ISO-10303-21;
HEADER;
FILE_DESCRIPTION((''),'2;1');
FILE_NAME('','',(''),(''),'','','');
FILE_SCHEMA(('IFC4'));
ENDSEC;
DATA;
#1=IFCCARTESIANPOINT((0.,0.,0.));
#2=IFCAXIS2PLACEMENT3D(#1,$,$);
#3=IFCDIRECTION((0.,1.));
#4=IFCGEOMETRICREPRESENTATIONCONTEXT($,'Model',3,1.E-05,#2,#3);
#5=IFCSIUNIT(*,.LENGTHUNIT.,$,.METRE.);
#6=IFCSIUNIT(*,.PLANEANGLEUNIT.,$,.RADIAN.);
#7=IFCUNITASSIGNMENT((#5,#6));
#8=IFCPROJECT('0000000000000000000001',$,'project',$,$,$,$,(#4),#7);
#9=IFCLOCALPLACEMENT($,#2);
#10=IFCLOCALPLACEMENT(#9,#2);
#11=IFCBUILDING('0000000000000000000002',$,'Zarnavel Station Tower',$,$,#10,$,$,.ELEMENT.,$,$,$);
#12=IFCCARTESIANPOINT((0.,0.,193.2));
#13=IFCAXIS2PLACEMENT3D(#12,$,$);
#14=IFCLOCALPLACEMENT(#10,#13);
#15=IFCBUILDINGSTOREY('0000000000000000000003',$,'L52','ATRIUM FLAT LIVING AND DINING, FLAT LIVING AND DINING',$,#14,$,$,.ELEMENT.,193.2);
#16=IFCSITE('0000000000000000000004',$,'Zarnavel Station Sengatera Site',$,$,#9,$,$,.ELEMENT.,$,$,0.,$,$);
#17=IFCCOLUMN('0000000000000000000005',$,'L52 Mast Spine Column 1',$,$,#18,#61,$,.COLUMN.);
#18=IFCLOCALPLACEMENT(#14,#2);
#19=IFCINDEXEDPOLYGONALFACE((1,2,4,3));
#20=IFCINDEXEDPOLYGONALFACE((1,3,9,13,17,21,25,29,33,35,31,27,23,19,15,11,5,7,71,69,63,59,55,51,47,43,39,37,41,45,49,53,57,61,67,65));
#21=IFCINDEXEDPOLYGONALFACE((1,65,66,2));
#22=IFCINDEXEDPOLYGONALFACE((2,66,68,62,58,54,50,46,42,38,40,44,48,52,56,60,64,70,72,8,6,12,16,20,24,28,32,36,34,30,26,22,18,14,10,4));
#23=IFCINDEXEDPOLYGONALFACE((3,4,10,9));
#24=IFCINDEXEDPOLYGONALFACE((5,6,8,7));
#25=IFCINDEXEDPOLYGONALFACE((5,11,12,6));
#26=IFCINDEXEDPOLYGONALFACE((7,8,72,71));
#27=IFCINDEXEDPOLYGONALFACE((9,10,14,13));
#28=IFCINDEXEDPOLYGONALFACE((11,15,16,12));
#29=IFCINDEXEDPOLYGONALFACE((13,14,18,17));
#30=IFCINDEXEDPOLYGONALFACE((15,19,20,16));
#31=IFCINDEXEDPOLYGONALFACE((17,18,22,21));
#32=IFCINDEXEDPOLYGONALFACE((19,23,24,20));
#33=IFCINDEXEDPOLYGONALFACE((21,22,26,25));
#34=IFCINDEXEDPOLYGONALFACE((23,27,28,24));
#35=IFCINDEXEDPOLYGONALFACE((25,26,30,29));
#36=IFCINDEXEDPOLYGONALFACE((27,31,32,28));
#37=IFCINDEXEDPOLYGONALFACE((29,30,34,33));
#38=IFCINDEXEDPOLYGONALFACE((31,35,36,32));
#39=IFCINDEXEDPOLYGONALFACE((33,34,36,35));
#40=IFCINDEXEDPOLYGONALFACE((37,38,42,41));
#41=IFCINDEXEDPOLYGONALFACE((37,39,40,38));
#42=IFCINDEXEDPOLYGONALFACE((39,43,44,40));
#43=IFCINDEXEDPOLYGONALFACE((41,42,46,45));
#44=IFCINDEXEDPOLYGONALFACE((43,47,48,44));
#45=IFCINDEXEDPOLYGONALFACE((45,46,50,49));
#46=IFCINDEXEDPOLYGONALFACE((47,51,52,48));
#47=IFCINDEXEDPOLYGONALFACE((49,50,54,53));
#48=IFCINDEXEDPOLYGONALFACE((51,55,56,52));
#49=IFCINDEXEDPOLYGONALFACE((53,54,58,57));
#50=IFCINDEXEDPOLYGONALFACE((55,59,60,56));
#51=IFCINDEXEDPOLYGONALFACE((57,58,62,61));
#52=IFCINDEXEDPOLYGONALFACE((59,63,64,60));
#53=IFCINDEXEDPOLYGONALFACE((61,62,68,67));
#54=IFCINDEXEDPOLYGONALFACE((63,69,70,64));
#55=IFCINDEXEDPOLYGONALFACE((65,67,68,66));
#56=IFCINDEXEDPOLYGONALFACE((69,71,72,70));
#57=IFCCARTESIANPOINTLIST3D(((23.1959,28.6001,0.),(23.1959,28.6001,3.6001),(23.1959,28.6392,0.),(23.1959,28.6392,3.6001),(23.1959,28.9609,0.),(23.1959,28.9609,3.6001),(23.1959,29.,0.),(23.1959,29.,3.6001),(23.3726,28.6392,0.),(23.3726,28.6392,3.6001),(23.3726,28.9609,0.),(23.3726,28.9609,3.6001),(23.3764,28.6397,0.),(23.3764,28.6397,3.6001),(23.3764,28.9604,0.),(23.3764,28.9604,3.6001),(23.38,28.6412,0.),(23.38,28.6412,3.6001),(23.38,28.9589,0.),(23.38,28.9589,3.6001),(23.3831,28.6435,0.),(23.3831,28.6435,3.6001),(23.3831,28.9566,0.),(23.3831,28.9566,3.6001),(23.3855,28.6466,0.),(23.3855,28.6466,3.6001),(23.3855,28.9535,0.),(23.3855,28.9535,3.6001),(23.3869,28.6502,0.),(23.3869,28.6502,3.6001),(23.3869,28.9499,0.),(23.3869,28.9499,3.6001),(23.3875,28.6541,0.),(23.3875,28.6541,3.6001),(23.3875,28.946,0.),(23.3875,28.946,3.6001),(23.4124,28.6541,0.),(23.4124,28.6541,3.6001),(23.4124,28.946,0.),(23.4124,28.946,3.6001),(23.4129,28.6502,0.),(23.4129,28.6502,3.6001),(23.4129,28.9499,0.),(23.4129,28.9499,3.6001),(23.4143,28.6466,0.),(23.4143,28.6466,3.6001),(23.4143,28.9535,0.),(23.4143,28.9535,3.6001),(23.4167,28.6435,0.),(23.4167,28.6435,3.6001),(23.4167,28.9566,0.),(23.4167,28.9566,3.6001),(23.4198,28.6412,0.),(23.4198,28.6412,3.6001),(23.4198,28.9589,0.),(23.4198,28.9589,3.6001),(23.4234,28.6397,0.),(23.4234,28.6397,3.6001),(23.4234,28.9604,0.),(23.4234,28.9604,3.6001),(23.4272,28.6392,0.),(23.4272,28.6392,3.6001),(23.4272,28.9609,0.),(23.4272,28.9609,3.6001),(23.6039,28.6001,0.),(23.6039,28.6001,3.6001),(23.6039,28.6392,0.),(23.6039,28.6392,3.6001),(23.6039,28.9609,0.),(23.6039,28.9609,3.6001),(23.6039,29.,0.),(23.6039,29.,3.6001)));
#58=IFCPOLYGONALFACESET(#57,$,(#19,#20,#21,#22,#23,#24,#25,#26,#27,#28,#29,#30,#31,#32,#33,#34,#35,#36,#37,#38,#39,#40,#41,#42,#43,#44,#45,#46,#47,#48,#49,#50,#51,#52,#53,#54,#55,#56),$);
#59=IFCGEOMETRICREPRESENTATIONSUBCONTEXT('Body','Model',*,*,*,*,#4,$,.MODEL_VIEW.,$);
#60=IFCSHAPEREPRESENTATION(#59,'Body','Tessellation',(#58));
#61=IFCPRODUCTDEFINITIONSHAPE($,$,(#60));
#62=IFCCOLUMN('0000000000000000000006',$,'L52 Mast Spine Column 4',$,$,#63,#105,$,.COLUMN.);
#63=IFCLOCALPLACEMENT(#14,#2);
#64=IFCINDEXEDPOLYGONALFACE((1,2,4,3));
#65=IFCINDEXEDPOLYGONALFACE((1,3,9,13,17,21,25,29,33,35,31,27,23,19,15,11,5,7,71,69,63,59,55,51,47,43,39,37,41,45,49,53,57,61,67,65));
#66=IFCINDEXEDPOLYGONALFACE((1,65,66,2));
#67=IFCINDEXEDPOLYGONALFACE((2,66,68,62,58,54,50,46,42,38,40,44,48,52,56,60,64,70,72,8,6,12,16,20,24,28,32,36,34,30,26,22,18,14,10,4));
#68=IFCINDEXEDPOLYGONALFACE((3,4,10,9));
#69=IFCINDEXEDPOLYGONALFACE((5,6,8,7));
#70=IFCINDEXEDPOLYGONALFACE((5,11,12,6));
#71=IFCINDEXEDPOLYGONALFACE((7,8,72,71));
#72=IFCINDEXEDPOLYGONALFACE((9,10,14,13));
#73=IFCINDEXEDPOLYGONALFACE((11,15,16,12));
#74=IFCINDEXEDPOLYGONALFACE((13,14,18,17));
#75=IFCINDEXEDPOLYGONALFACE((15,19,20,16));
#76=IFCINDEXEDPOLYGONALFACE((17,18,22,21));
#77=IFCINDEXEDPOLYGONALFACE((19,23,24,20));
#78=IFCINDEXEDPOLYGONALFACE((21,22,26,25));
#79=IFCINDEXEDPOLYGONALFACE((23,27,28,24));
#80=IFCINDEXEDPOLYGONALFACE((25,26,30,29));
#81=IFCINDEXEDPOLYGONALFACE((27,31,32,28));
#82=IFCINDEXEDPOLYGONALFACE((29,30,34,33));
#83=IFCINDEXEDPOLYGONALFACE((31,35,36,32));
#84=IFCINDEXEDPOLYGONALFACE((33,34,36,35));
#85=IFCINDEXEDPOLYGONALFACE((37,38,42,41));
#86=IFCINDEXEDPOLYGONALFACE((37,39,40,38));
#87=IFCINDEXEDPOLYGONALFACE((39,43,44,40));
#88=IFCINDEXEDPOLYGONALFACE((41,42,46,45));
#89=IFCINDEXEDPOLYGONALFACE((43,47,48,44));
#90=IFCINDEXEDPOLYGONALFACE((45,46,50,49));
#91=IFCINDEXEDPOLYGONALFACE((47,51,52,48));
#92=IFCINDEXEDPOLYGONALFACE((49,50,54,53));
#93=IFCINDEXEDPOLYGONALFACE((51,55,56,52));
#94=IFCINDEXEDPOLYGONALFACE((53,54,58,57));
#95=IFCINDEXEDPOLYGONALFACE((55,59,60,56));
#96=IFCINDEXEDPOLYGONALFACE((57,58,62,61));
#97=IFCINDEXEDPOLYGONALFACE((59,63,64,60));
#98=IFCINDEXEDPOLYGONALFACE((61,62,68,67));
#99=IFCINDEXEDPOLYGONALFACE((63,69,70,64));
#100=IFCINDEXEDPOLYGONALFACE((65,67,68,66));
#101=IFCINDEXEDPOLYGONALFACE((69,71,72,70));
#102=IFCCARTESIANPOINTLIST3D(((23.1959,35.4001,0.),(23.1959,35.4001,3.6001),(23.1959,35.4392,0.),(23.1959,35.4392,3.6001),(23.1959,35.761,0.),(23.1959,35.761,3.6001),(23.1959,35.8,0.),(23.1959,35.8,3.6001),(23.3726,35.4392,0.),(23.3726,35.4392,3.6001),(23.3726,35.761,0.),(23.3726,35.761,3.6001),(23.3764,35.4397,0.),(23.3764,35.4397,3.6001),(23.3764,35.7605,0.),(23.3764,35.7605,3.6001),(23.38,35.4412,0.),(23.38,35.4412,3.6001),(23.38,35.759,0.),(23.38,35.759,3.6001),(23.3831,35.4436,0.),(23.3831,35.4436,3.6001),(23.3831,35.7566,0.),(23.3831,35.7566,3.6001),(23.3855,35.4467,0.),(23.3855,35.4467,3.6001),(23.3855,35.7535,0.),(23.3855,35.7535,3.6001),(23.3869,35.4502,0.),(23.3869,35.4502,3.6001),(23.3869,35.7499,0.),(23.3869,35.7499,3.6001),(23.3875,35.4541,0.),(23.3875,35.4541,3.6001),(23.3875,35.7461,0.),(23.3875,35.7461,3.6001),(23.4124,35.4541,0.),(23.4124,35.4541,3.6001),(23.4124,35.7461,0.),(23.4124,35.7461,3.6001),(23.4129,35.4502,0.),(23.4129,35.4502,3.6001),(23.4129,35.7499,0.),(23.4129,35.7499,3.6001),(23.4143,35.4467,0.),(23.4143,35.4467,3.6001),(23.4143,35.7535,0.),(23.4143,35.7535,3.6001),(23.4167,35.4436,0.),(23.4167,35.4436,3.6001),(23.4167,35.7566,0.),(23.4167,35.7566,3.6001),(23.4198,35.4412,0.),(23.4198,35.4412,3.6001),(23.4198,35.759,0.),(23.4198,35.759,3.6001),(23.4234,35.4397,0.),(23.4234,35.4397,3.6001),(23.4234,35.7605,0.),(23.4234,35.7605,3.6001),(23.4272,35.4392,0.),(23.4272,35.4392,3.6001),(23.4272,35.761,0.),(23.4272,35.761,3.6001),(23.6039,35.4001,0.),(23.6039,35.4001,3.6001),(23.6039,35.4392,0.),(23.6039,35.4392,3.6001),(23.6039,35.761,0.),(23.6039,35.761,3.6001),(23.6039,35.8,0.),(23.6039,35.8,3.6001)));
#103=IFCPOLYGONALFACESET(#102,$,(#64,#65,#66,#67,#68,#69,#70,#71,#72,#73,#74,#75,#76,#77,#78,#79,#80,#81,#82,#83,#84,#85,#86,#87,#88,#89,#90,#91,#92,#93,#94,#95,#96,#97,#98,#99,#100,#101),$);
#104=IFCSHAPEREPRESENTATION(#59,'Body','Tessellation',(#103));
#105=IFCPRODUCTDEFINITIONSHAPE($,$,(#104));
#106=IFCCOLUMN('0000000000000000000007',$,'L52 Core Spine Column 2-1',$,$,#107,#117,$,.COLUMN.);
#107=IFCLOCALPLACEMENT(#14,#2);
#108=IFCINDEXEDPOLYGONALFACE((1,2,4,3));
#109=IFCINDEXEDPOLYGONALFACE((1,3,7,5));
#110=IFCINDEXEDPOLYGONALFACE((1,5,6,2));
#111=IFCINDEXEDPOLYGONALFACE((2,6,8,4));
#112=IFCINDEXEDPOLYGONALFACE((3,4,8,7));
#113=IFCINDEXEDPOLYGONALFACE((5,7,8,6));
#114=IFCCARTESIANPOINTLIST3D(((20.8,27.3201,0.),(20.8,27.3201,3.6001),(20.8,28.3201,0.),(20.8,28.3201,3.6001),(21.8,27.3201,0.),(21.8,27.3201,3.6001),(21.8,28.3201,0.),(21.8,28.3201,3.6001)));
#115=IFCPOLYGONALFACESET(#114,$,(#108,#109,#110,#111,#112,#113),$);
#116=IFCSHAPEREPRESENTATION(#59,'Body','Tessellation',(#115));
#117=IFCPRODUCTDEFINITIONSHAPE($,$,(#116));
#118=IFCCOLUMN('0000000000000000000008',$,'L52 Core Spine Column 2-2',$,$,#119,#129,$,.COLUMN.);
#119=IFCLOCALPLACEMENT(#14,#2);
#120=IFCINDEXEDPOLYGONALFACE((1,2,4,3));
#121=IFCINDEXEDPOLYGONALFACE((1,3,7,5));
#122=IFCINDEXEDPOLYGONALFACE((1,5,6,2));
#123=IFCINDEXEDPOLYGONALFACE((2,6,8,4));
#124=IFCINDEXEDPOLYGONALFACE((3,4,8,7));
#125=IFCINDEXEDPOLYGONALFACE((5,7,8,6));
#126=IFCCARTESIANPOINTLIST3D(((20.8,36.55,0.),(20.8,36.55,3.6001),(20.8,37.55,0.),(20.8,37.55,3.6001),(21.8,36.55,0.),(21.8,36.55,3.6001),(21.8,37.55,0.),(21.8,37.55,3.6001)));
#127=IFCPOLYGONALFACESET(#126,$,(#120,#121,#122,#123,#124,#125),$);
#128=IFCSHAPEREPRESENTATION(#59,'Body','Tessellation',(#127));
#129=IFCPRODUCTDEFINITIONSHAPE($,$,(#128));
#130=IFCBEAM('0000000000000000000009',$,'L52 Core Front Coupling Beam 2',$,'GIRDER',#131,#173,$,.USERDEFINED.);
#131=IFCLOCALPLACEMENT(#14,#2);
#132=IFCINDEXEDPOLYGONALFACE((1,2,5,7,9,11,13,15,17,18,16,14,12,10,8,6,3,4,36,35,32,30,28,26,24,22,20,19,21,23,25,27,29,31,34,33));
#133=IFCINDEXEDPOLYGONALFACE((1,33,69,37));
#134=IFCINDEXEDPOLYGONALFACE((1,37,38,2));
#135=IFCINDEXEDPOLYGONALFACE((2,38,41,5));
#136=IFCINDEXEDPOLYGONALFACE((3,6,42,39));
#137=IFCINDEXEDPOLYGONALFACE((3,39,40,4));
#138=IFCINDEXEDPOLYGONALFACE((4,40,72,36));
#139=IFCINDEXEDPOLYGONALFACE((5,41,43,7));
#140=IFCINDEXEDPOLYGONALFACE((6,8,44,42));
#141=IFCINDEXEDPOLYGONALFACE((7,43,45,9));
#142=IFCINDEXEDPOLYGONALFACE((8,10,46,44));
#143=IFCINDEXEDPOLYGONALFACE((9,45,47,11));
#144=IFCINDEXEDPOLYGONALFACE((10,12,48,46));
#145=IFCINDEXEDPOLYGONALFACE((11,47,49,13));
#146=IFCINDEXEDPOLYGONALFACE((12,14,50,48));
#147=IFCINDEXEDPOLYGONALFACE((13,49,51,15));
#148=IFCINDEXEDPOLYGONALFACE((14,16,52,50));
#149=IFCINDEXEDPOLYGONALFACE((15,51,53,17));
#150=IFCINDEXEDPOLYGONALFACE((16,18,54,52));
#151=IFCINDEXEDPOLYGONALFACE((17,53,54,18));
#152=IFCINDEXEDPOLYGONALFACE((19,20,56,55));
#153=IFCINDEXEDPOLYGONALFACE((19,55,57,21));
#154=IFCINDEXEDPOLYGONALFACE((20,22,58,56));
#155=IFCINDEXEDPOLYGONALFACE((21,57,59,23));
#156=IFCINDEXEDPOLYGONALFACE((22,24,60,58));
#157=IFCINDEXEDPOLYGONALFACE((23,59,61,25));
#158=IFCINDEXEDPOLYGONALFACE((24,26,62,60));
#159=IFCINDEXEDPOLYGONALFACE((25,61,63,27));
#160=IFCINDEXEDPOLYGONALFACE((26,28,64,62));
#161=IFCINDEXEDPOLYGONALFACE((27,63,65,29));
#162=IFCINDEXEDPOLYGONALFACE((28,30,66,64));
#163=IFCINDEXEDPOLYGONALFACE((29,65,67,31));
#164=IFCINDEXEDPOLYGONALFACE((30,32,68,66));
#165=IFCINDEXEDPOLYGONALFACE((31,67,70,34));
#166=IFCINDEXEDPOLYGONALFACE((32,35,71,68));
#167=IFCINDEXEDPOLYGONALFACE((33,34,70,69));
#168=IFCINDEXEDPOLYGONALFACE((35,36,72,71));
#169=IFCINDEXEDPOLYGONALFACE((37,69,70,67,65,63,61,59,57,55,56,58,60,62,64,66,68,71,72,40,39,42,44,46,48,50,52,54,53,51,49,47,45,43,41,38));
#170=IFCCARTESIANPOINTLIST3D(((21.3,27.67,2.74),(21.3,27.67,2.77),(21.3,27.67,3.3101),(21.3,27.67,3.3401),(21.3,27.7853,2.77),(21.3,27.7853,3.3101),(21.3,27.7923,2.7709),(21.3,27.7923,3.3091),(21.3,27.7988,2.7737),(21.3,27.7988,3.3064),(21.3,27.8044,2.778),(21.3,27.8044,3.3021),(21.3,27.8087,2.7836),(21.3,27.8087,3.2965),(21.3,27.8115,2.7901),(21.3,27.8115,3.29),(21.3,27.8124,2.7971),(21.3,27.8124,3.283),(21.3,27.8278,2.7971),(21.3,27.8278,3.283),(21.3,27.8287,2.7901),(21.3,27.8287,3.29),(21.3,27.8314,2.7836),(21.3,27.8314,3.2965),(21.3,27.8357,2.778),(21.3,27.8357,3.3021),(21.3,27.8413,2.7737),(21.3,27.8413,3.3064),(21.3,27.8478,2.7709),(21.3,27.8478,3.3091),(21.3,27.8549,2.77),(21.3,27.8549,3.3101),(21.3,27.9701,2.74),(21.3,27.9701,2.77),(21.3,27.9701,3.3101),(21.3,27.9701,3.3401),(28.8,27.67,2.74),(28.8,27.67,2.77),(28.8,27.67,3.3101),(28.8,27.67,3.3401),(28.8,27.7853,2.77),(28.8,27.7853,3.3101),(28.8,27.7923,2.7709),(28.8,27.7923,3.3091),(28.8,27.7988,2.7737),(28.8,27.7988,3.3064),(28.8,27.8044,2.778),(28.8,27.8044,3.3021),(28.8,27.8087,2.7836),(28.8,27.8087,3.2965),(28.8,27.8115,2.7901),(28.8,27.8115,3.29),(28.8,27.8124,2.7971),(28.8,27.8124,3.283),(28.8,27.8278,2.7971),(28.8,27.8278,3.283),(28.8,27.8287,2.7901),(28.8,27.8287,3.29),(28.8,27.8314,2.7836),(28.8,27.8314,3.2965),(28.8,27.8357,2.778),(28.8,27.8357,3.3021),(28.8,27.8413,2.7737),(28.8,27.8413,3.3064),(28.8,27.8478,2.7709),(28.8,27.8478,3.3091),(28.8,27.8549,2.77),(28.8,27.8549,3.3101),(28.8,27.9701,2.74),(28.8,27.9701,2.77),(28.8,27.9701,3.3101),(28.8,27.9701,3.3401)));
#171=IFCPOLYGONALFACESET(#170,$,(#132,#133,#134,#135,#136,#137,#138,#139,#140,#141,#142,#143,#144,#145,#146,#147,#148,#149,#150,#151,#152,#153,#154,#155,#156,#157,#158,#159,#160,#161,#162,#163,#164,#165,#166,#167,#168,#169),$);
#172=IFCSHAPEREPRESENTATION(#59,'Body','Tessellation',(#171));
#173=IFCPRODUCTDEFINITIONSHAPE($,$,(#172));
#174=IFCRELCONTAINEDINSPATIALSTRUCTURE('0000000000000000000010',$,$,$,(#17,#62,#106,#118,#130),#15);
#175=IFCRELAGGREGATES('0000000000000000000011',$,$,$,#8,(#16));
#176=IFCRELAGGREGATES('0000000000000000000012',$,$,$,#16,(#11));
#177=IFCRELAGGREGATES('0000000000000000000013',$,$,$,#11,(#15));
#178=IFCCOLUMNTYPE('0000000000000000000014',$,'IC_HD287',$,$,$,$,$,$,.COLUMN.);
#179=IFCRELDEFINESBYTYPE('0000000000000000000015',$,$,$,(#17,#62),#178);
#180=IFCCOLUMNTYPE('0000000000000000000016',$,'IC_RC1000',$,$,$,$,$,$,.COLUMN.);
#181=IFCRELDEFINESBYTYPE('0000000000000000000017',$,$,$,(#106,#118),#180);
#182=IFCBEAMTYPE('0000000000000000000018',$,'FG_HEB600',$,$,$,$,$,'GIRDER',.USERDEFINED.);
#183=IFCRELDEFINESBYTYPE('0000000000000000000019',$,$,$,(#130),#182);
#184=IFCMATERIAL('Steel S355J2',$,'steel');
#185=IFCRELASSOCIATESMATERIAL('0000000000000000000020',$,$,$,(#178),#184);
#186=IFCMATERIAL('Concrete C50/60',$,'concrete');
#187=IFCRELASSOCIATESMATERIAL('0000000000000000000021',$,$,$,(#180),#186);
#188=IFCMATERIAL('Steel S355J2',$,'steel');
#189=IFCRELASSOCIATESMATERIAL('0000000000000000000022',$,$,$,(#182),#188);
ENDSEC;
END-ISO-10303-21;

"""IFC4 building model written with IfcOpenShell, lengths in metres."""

from ifc_helpers import new_model, si_unit, direction, frame, origin, origin_2d, place, context, subcontext, project, spatial, rectangle, i_section, extrude, material, material_profile, profile_set, type_object, element, save


model = new_model("IFC4")

# Units and contexts
model_context = context("Model", 3, precision=1e-05, world=origin(), true_north=direction((0.0, 1.0)))
body_context = subcontext(model_context, "Body", "Model", "MODEL_VIEW")
ifc_project = project(units=[si_unit("LENGTHUNIT", "METRE"), si_unit("PLANEANGLEUNIT", "RADIAN")], contexts=[model_context])

# Site, building, storey
site_placement = place(None, origin())
site = spatial("IfcSite", under=ifc_project, at=site_placement, Name="Zarnavel Station Sengatera Site", CompositionType="ELEMENT", RefElevation=0.0)
building_placement = place(site_placement, origin())
building = spatial("IfcBuilding", under=site, at=building_placement, Name="Zarnavel Station Tower", CompositionType="ELEMENT")
storey_placement = place(building_placement, frame((0.0, 0.0, 193.2)))
storey = spatial("IfcBuildingStorey", under=building, at=storey_placement, Name="L52", Description="ATRIUM FLAT LIVING AND DINING, FLAT LIVING AND DINING", CompositionType="ELEMENT", Elevation=193.2)

# Columns
ifc_material_1 = material(Name="Steel S355J2", Category="steel")
ifc_material_profile_1 = material_profile(ifc_material_1, i_section(OverallWidth=0.408, OverallDepth=0.3999, WebThickness=0.0249, FlangeThickness=0.0391, FilletRadius=0.0149, at=origin_2d()), Name="HD400x287")
ifc_profile_set_1 = profile_set([ifc_material_profile_1], Name="Steel S355J2")
column_type_1 = type_object("IfcColumnType", Name="IC_HD287", PredefinedType="COLUMN", material=ifc_profile_set_1)
for number, where, z_axis, x_axis, name in (
    (1, (23.3999, 28.8, 0.0), (0.0, 0.0, 1.0), (1.0, 0.0, 0.0), "L52 Mast Spine Column 1"),
    (2, (23.3999, 35.6001, 0.0), (0.0, 0.0, 1.0), (1.0, 0.0, 0.0), "L52 Mast Spine Column 4"),
):
    element("IfcColumn", number, at=place(storey_placement, frame(where, z_axis=z_axis, x_axis=x_axis)), inside=storey, type_object=column_type_1, Name=name, PredefinedType="COLUMN", context=body_context, shape_type="SweptSolid", body=[
        extrude(i_section(OverallWidth=0.408, OverallDepth=0.3999, WebThickness=0.0249, FlangeThickness=0.0391, FilletRadius=0.0149, at=origin_2d()), origin(), (0.0, 0.0, 1.0), 3.6001),
    ])
ifc_material_2 = material(Name="Concrete C50/60", Category="concrete")
ifc_material_profile_2 = material_profile(ifc_material_2, rectangle(XDim=1.0, YDim=1.0, at=origin_2d()), Name="RC1000x1000")
ifc_profile_set_2 = profile_set([ifc_material_profile_2], Name="Concrete C50/60")
column_type_2 = type_object("IfcColumnType", Name="IC_RC1000", PredefinedType="COLUMN", material=ifc_profile_set_2)
for number, where, z_axis, x_axis, name in (
    (3, (21.3, 27.8201, 0.0), (0.0, 0.0, 1.0), (1.0, 0.0, 0.0), "L52 Core Spine Column 2-1"),
    (4, (21.3, 37.05, 0.0), (0.0, 0.0, 1.0), (1.0, 0.0, 0.0), "L52 Core Spine Column 2-2"),
):
    element("IfcColumn", number, at=place(storey_placement, frame(where, z_axis=z_axis, x_axis=x_axis)), inside=storey, type_object=column_type_2, Name=name, PredefinedType="COLUMN", context=body_context, shape_type="SweptSolid", body=[
        extrude(rectangle(XDim=1.0, YDim=1.0, at=origin_2d()), origin(), (0.0, 0.0, 1.0), 3.6001),
    ])

# Beam
ifc_material_3 = material(Name="Steel S355J2", Category="steel")
ifc_material_profile_3 = material_profile(ifc_material_3, i_section(OverallWidth=0.3, OverallDepth=0.6001, WebThickness=0.0154, FlangeThickness=0.03, FilletRadius=0.0271, at=origin_2d()), Name="HEB600")
ifc_profile_set_3 = profile_set([ifc_material_profile_3], Name="Steel S355J2")
beam_type_1 = type_object("IfcBeamType", Name="FG_HEB600", ElementType="GIRDER", PredefinedType="USERDEFINED", material=ifc_profile_set_3)
beam_1_placement = place(storey_placement, frame((21.3, 27.8201, 3.04), z_axis=(1.0, 0.0, 0.0), x_axis=(0.0, 1.0, 0.0)))
element("IfcBeam", 5, at=beam_1_placement, inside=storey, type_object=beam_type_1, Name="L52 Core Front Coupling Beam 2", ObjectType="GIRDER", PredefinedType="USERDEFINED", context=body_context, shape_type="SweptSolid", body=[
    extrude(i_section(OverallWidth=0.3, OverallDepth=0.6001, WebThickness=0.0154, FlangeThickness=0.03, FilletRadius=0.0271, at=origin_2d()), origin(), (0.0, 0.0, 1.0), 7.5),
])

save(model, "model.ifc")
